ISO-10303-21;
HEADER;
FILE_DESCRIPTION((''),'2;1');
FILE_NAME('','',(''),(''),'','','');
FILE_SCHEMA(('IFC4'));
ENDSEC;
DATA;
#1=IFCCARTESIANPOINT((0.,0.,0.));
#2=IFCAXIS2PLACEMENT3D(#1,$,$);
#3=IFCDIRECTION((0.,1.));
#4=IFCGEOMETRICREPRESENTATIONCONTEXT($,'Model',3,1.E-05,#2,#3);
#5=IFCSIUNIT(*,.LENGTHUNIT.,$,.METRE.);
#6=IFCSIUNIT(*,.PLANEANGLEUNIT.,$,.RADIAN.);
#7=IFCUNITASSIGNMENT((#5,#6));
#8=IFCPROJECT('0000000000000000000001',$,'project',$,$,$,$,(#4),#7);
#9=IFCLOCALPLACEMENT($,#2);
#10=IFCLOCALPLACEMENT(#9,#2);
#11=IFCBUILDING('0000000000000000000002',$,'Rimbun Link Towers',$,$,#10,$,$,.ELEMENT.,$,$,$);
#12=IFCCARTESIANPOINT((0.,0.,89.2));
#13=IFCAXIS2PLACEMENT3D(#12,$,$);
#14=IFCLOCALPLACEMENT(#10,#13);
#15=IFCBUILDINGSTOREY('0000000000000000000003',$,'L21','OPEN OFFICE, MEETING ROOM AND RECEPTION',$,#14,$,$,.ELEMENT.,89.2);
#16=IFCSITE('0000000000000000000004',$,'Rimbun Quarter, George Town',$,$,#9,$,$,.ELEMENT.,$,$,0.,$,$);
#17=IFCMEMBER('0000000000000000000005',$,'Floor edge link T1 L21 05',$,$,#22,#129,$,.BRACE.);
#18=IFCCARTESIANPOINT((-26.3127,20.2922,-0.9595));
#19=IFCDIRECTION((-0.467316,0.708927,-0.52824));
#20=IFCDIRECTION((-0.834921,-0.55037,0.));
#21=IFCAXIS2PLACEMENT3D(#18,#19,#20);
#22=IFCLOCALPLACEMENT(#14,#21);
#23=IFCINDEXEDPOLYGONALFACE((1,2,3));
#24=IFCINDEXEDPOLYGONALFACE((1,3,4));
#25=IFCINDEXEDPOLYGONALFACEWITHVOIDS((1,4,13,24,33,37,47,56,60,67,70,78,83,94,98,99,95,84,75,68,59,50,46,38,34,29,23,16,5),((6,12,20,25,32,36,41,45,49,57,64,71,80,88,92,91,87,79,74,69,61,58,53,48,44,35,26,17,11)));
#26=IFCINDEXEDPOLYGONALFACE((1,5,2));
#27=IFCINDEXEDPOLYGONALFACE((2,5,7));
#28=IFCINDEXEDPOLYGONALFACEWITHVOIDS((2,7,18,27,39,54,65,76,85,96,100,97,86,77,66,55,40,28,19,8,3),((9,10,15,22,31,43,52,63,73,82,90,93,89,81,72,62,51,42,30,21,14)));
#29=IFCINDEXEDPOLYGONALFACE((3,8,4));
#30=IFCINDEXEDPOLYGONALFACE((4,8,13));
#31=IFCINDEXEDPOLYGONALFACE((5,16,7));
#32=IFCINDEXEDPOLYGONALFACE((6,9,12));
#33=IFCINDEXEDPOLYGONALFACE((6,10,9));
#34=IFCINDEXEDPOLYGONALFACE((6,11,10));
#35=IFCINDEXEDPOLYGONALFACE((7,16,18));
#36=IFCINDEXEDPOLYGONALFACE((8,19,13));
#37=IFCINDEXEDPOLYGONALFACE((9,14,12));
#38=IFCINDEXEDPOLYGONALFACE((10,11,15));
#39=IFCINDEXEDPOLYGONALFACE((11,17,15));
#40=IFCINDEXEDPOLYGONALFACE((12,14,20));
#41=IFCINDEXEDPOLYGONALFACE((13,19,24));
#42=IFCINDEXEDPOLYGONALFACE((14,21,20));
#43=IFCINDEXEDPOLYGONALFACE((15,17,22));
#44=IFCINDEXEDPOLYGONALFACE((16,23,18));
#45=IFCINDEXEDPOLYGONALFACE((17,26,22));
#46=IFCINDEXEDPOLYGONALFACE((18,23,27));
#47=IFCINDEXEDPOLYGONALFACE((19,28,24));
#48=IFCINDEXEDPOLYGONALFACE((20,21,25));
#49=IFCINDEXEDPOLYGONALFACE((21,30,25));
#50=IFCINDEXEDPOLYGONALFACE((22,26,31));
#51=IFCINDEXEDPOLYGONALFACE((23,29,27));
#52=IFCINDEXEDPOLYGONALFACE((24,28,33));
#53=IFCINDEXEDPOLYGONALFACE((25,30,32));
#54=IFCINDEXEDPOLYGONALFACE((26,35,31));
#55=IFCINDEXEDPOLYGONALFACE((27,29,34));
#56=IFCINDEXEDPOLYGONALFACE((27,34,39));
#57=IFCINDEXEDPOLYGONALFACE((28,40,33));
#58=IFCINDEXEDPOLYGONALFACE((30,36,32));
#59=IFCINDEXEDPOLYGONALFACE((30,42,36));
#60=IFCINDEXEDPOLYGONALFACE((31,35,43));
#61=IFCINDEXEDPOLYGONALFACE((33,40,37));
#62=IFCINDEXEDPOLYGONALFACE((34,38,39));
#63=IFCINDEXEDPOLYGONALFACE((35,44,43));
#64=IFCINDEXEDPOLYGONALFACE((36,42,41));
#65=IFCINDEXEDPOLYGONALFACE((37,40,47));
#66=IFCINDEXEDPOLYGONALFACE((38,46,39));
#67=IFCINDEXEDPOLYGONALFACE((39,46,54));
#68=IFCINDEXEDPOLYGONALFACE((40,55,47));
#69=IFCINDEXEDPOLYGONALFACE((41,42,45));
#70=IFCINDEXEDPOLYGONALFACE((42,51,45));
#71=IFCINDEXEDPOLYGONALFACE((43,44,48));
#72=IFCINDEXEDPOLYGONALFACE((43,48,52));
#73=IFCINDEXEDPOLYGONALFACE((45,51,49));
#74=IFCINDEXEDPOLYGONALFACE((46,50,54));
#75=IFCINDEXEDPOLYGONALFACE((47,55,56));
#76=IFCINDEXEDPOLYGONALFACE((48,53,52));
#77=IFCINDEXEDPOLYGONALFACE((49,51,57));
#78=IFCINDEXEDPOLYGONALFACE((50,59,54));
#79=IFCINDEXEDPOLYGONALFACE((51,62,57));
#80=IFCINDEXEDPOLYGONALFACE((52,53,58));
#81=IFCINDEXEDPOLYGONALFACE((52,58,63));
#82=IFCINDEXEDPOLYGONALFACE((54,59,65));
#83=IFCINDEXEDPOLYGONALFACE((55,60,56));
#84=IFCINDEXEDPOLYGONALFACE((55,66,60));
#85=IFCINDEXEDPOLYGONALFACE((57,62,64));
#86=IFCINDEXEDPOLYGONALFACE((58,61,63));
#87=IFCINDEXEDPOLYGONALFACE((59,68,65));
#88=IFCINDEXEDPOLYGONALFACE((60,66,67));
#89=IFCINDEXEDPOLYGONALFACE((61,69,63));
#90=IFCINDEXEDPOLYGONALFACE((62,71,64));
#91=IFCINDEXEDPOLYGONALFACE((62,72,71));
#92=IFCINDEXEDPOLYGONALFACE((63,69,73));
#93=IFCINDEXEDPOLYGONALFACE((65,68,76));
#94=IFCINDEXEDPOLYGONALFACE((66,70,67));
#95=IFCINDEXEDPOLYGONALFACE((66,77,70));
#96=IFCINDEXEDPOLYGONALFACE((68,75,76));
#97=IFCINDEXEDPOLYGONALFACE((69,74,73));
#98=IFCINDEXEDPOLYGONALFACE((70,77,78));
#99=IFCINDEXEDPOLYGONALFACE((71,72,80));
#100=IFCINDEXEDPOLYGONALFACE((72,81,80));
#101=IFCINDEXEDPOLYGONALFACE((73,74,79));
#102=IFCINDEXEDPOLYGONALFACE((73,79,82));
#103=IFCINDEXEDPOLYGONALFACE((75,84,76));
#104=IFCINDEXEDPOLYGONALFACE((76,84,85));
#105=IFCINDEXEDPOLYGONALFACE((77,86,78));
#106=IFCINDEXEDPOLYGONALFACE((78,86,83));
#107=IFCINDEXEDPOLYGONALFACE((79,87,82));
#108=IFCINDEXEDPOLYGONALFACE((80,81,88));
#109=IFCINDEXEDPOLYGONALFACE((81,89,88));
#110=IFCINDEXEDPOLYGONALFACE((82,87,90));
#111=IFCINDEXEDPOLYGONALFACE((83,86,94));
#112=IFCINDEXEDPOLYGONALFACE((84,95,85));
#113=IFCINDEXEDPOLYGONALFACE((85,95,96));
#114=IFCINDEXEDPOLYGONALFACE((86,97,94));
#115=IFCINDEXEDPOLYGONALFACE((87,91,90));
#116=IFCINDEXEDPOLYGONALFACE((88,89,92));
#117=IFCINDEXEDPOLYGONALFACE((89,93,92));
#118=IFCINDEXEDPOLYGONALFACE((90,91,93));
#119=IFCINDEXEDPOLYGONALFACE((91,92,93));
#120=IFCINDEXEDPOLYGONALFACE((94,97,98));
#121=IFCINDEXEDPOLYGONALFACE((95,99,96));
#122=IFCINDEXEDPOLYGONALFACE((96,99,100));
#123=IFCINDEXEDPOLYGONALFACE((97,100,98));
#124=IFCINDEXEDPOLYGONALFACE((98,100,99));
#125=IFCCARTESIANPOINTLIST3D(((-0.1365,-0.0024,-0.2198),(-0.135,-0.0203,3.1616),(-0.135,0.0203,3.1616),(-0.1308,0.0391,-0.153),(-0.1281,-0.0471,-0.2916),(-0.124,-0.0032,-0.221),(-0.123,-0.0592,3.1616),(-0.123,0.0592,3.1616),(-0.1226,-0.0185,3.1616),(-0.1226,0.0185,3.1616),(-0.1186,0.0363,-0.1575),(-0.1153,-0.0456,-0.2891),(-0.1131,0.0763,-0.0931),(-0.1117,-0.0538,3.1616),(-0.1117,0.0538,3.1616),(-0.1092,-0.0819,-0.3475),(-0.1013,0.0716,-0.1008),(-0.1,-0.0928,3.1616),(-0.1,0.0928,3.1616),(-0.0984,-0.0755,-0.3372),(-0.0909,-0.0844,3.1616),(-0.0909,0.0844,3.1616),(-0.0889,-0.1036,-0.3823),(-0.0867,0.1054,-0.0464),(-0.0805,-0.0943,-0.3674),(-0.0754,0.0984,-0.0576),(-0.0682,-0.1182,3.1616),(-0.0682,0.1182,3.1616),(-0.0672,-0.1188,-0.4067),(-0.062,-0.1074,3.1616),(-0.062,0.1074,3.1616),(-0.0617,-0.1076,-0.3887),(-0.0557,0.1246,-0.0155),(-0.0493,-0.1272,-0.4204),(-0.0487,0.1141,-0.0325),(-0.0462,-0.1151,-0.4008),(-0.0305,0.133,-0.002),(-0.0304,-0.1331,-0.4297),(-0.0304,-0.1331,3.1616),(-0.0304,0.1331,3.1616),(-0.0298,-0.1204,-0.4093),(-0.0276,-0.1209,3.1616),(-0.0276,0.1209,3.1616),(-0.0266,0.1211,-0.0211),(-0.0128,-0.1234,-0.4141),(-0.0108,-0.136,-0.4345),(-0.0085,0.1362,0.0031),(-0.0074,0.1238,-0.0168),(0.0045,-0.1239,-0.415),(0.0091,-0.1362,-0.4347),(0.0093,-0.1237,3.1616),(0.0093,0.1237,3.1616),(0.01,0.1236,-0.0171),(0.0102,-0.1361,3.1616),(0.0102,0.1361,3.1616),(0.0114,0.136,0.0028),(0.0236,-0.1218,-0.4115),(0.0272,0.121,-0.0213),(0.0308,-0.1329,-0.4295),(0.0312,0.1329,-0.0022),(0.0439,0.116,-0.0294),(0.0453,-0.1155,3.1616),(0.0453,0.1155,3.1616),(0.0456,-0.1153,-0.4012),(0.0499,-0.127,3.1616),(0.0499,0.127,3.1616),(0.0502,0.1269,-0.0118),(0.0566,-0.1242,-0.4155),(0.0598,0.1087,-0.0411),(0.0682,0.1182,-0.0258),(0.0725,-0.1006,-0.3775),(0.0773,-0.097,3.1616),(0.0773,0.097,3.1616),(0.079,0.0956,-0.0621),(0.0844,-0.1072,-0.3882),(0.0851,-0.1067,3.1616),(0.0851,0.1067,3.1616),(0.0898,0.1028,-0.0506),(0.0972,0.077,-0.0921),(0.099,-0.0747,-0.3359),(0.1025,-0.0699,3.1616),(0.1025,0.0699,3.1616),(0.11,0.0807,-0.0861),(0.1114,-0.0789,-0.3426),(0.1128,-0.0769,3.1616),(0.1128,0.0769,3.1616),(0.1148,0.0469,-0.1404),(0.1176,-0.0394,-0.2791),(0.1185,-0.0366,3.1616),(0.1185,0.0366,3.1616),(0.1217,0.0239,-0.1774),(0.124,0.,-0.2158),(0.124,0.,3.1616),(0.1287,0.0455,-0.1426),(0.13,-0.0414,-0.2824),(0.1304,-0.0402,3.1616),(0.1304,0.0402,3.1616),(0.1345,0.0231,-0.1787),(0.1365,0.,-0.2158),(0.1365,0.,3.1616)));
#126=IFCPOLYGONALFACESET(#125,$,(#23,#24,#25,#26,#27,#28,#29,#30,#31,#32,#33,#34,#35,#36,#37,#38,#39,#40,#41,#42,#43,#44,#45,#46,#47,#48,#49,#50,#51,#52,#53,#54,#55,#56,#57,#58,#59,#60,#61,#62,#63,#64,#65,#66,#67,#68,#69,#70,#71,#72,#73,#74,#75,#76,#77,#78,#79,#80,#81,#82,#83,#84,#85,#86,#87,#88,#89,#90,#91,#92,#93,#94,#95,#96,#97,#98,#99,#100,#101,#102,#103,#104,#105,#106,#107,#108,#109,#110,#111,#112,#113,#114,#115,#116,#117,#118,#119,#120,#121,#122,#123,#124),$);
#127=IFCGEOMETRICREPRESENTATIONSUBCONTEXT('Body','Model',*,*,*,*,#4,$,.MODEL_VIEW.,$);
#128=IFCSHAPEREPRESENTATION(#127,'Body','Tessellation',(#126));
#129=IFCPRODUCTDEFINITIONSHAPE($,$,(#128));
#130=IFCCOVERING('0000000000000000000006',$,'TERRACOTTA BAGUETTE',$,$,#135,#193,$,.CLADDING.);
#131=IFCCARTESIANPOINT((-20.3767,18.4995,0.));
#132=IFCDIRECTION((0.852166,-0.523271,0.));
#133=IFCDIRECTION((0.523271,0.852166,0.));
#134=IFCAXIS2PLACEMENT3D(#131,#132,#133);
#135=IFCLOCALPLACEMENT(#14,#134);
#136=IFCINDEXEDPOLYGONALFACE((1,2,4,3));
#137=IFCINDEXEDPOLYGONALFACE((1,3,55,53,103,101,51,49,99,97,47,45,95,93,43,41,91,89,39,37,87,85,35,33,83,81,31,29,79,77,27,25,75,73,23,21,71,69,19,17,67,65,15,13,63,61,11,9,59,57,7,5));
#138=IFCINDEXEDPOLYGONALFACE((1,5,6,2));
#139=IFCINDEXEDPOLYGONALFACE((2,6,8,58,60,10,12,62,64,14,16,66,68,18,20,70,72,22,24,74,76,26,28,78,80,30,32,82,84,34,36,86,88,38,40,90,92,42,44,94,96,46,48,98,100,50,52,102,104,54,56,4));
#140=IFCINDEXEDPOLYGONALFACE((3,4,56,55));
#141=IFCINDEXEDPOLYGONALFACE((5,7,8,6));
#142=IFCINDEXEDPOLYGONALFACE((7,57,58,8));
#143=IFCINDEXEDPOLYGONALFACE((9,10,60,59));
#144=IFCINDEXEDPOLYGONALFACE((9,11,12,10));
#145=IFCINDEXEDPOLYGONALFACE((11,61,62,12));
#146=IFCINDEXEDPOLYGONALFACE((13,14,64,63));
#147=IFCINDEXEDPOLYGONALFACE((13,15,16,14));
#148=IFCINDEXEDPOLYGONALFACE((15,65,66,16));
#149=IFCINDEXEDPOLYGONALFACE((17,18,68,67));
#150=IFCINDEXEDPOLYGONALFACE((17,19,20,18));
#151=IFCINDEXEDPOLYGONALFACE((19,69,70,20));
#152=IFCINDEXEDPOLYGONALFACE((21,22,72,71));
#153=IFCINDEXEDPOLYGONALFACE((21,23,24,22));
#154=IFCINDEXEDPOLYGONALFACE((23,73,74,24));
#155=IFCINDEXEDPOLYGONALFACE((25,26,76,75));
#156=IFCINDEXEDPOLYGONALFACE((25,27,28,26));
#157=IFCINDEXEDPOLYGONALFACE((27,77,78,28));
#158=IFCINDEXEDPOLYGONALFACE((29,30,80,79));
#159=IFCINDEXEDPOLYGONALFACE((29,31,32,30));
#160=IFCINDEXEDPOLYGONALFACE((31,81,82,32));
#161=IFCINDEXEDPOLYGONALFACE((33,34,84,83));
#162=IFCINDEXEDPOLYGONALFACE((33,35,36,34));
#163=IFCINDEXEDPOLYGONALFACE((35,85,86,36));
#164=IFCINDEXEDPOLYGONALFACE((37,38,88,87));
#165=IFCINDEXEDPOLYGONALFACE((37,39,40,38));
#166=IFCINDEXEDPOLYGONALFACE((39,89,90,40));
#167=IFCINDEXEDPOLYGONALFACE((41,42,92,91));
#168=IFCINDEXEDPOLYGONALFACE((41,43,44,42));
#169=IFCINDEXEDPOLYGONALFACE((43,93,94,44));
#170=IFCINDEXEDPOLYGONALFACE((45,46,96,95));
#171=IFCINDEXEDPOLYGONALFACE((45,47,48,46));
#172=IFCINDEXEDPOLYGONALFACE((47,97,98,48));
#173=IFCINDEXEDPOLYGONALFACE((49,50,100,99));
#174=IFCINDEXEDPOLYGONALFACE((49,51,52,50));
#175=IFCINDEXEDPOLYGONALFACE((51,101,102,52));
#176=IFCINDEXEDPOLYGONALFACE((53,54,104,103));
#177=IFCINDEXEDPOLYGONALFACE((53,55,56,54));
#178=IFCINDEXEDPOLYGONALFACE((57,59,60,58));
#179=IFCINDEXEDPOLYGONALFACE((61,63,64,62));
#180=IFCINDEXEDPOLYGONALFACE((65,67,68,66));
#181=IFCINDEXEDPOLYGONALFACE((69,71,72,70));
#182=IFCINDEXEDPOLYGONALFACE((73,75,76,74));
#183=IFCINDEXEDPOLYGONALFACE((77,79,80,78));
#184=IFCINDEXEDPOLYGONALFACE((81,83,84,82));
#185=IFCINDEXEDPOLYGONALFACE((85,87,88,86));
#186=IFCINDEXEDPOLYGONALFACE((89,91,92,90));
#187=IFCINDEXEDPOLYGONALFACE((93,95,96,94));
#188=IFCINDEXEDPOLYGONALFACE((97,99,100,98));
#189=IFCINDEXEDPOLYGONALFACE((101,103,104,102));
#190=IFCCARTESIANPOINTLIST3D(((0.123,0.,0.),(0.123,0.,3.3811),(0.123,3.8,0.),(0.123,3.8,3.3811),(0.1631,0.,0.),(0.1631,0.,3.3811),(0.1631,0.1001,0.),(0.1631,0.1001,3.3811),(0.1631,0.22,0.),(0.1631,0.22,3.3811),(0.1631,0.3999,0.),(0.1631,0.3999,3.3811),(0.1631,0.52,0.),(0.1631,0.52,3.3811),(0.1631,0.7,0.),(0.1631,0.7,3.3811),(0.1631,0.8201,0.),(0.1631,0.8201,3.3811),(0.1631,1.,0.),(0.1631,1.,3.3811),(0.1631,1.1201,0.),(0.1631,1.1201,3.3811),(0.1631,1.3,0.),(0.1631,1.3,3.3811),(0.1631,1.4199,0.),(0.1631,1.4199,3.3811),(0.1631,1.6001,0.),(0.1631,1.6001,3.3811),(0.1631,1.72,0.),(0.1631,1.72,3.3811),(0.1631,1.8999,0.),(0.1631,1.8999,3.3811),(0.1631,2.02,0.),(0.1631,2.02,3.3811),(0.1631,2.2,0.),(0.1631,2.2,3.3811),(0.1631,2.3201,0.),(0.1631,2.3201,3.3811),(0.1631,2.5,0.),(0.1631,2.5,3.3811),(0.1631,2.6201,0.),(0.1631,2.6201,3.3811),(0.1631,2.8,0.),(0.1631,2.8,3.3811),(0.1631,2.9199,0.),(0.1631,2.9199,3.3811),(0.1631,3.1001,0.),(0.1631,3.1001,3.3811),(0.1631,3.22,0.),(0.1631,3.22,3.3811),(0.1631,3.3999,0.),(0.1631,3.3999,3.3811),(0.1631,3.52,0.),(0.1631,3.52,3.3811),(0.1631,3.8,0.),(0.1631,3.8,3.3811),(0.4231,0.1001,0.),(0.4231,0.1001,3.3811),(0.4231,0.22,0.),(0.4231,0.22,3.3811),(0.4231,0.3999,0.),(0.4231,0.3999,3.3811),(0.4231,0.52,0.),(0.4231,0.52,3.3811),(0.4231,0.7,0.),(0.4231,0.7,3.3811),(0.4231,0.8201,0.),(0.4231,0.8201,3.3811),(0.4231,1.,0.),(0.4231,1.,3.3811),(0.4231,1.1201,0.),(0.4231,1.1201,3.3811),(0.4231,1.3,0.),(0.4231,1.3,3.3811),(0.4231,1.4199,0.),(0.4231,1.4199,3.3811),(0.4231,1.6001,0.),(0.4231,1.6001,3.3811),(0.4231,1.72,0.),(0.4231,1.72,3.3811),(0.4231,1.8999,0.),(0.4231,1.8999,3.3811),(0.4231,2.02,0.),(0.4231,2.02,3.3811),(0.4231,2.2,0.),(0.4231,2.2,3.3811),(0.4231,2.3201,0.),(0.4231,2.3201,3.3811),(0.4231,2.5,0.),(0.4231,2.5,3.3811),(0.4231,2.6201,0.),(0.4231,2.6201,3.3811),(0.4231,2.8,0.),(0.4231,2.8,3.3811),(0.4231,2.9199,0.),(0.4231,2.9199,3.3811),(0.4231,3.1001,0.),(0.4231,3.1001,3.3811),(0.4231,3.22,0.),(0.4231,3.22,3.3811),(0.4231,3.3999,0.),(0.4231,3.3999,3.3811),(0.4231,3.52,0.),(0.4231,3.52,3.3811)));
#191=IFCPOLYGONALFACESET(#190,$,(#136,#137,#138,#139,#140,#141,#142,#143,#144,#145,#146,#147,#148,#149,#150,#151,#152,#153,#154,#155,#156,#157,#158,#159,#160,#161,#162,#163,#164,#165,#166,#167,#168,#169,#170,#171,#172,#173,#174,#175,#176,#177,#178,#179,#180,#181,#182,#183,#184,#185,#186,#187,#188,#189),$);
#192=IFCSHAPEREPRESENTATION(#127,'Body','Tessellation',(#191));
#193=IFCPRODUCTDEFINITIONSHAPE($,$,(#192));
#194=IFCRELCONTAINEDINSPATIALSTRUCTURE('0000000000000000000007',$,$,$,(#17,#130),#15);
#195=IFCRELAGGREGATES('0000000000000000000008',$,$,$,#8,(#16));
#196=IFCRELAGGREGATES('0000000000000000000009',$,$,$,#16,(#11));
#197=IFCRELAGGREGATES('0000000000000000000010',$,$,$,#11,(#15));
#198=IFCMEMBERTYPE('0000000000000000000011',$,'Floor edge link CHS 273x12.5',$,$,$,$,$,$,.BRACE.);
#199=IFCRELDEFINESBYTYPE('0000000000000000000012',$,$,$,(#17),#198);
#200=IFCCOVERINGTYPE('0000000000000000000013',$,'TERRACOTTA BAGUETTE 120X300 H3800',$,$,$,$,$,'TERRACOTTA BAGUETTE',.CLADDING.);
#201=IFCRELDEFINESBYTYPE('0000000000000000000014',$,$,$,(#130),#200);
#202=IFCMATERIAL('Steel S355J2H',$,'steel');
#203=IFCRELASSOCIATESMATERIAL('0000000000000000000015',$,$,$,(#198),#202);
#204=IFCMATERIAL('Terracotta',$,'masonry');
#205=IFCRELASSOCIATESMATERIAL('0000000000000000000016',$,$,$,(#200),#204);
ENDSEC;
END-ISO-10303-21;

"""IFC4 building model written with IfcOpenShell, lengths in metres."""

from ifc_helpers import new_model, si_unit, direction, frame, origin, origin_2d, place, context, subcontext, project, spatial, polyline, hollow_circle, outline, extrude, clip, halfspace, material, material_profile, profile_set, type_object, element, save


model = new_model("IFC4")

# Units and contexts
model_context = context("Model", 3, precision=1e-05, world=origin(), true_north=direction((0.0, 1.0)))
body_context = subcontext(model_context, "Body", "Model", "MODEL_VIEW")
ifc_project = project(units=[si_unit("LENGTHUNIT", "METRE"), si_unit("PLANEANGLEUNIT", "RADIAN")], contexts=[model_context])

# Site, building, storey
site_placement = place(None, origin())
site = spatial("IfcSite", under=ifc_project, at=site_placement, Name="Rimbun Quarter, George Town", CompositionType="ELEMENT", RefElevation=0.0)
building_placement = place(site_placement, origin())
building = spatial("IfcBuilding", under=site, at=building_placement, Name="Rimbun Link Towers", CompositionType="ELEMENT")
storey_placement = place(building_placement, frame((0.0, 0.0, 89.2)))
storey = spatial("IfcBuildingStorey", under=building, at=storey_placement, Name="L21", Description="OPEN OFFICE, MEETING ROOM AND RECEPTION", CompositionType="ELEMENT", Elevation=89.2)

# Member
ifc_material_1 = material(Name="Steel S355J2H", Category="steel")
ifc_material_profile_1 = material_profile(ifc_material_1, hollow_circle(Radius=0.1365, WallThickness=0.0125, at=origin_2d()), Name="CHS 273x12.5")
ifc_profile_set_1 = profile_set([ifc_material_profile_1], Name="Steel S355J2H")
member_type_1 = type_object("IfcMemberType", Name="Floor edge link CHS 273x12.5", PredefinedType="BRACE", material=ifc_profile_set_1)
member_1_placement = place(storey_placement, frame((-26.3127, 20.2922, -0.9595), z_axis=(-0.467316, 0.708927, -0.52824), x_axis=(-0.834921, -0.55037, 0.0)))
element("IfcMember", 1, at=member_1_placement, inside=storey, type_object=member_type_1, Name="Floor edge link T1 L21 05", PredefinedType="BRACE", context=body_context, shape_type="Clipping", body=[
    clip(extrude(hollow_circle(Radius=0.1365, WallThickness=0.0125, at=origin_2d()), frame((0.0, 0.0, -0.4578)), (0.0, 0.0, 1.0), 3.6194), halfspace(frame((0.0, 0.0, -0.2158), z_axis=(0.0, 0.849095, -0.52824)), False)),
])

# Covering
ifc_material_2 = material(Name="Terracotta", Category="masonry")
ifc_material_profile_2 = material_profile(ifc_material_2, outline(polyline([(0.123, 0.0), (0.1631, 0.0), (0.1631, 0.1001), (0.4231, 0.1001), (0.4231, 0.22), (0.1631, 0.22), (0.1631, 0.3999), (0.4231, 0.3999), (0.4231, 0.52), (0.1631, 0.52), (0.1631, 0.7), (0.4231, 0.7), (0.4231, 0.8201), (0.1631, 0.8201), (0.1631, 1.0), (0.4231, 1.0), (0.4231, 1.1201), (0.1631, 1.1201), (0.1631, 1.3), (0.4231, 1.3), (0.4231, 1.4199), (0.1631, 1.4199), (0.1631, 1.6001), (0.4231, 1.6001), (0.4231, 1.72), (0.1631, 1.72), (0.1631, 1.8999), (0.4231, 1.8999), (0.4231, 2.02), (0.1631, 2.02), (0.1631, 2.2), (0.4231, 2.2), (0.4231, 2.3201), (0.1631, 2.3201), (0.1631, 2.5), (0.4231, 2.5), (0.4231, 2.6201), (0.1631, 2.6201), (0.1631, 2.8), (0.4231, 2.8), (0.4231, 2.9199), (0.1631, 2.9199), (0.1631, 3.1001), (0.4231, 3.1001), (0.4231, 3.22), (0.1631, 3.22), (0.1631, 3.3999), (0.4231, 3.3999), (0.4231, 3.52), (0.1631, 3.52), (0.1631, 3.8), (0.123, 3.8), (0.123, 0.0)])), Name="BAGUETTE 120X300")
ifc_profile_set_2 = profile_set([ifc_material_profile_2], Name="Terracotta")
covering_type = type_object("IfcCoveringType", Name="TERRACOTTA BAGUETTE 120X300 H3800", ElementType="TERRACOTTA BAGUETTE", PredefinedType="CLADDING", material=ifc_profile_set_2)
covering_1_placement = place(storey_placement, frame((-20.3767, 18.4995, 0.0), z_axis=(0.852166, -0.523271, 0.0), x_axis=(0.523271, 0.852166, 0.0)))
element("IfcCovering", 2, at=covering_1_placement, inside=storey, type_object=covering_type, Name="TERRACOTTA BAGUETTE", PredefinedType="CLADDING", context=body_context, shape_type="SweptSolid", body=[
    extrude(outline(polyline([(0.123, 0.0), (0.1631, 0.0), (0.1631, 0.1001), (0.4231, 0.1001), (0.4231, 0.22), (0.1631, 0.22), (0.1631, 0.3999), (0.4231, 0.3999), (0.4231, 0.52), (0.1631, 0.52), (0.1631, 0.7), (0.4231, 0.7), (0.4231, 0.8201), (0.1631, 0.8201), (0.1631, 1.0), (0.4231, 1.0), (0.4231, 1.1201), (0.1631, 1.1201), (0.1631, 1.3), (0.4231, 1.3), (0.4231, 1.4199), (0.1631, 1.4199), (0.1631, 1.6001), (0.4231, 1.6001), (0.4231, 1.72), (0.1631, 1.72), (0.1631, 1.8999), (0.4231, 1.8999), (0.4231, 2.02), (0.1631, 2.02), (0.1631, 2.2), (0.4231, 2.2), (0.4231, 2.3201), (0.1631, 2.3201), (0.1631, 2.5), (0.4231, 2.5), (0.4231, 2.6201), (0.1631, 2.6201), (0.1631, 2.8), (0.4231, 2.8), (0.4231, 2.9199), (0.1631, 2.9199), (0.1631, 3.1001), (0.4231, 3.1001), (0.4231, 3.22), (0.1631, 3.22), (0.1631, 3.3999), (0.4231, 3.3999), (0.4231, 3.52), (0.1631, 3.52), (0.1631, 3.8), (0.123, 3.8), (0.123, 0.0)])), origin(), (0.0, 0.0, 1.0), 3.3811),
])

save(model, "model.ifc")
